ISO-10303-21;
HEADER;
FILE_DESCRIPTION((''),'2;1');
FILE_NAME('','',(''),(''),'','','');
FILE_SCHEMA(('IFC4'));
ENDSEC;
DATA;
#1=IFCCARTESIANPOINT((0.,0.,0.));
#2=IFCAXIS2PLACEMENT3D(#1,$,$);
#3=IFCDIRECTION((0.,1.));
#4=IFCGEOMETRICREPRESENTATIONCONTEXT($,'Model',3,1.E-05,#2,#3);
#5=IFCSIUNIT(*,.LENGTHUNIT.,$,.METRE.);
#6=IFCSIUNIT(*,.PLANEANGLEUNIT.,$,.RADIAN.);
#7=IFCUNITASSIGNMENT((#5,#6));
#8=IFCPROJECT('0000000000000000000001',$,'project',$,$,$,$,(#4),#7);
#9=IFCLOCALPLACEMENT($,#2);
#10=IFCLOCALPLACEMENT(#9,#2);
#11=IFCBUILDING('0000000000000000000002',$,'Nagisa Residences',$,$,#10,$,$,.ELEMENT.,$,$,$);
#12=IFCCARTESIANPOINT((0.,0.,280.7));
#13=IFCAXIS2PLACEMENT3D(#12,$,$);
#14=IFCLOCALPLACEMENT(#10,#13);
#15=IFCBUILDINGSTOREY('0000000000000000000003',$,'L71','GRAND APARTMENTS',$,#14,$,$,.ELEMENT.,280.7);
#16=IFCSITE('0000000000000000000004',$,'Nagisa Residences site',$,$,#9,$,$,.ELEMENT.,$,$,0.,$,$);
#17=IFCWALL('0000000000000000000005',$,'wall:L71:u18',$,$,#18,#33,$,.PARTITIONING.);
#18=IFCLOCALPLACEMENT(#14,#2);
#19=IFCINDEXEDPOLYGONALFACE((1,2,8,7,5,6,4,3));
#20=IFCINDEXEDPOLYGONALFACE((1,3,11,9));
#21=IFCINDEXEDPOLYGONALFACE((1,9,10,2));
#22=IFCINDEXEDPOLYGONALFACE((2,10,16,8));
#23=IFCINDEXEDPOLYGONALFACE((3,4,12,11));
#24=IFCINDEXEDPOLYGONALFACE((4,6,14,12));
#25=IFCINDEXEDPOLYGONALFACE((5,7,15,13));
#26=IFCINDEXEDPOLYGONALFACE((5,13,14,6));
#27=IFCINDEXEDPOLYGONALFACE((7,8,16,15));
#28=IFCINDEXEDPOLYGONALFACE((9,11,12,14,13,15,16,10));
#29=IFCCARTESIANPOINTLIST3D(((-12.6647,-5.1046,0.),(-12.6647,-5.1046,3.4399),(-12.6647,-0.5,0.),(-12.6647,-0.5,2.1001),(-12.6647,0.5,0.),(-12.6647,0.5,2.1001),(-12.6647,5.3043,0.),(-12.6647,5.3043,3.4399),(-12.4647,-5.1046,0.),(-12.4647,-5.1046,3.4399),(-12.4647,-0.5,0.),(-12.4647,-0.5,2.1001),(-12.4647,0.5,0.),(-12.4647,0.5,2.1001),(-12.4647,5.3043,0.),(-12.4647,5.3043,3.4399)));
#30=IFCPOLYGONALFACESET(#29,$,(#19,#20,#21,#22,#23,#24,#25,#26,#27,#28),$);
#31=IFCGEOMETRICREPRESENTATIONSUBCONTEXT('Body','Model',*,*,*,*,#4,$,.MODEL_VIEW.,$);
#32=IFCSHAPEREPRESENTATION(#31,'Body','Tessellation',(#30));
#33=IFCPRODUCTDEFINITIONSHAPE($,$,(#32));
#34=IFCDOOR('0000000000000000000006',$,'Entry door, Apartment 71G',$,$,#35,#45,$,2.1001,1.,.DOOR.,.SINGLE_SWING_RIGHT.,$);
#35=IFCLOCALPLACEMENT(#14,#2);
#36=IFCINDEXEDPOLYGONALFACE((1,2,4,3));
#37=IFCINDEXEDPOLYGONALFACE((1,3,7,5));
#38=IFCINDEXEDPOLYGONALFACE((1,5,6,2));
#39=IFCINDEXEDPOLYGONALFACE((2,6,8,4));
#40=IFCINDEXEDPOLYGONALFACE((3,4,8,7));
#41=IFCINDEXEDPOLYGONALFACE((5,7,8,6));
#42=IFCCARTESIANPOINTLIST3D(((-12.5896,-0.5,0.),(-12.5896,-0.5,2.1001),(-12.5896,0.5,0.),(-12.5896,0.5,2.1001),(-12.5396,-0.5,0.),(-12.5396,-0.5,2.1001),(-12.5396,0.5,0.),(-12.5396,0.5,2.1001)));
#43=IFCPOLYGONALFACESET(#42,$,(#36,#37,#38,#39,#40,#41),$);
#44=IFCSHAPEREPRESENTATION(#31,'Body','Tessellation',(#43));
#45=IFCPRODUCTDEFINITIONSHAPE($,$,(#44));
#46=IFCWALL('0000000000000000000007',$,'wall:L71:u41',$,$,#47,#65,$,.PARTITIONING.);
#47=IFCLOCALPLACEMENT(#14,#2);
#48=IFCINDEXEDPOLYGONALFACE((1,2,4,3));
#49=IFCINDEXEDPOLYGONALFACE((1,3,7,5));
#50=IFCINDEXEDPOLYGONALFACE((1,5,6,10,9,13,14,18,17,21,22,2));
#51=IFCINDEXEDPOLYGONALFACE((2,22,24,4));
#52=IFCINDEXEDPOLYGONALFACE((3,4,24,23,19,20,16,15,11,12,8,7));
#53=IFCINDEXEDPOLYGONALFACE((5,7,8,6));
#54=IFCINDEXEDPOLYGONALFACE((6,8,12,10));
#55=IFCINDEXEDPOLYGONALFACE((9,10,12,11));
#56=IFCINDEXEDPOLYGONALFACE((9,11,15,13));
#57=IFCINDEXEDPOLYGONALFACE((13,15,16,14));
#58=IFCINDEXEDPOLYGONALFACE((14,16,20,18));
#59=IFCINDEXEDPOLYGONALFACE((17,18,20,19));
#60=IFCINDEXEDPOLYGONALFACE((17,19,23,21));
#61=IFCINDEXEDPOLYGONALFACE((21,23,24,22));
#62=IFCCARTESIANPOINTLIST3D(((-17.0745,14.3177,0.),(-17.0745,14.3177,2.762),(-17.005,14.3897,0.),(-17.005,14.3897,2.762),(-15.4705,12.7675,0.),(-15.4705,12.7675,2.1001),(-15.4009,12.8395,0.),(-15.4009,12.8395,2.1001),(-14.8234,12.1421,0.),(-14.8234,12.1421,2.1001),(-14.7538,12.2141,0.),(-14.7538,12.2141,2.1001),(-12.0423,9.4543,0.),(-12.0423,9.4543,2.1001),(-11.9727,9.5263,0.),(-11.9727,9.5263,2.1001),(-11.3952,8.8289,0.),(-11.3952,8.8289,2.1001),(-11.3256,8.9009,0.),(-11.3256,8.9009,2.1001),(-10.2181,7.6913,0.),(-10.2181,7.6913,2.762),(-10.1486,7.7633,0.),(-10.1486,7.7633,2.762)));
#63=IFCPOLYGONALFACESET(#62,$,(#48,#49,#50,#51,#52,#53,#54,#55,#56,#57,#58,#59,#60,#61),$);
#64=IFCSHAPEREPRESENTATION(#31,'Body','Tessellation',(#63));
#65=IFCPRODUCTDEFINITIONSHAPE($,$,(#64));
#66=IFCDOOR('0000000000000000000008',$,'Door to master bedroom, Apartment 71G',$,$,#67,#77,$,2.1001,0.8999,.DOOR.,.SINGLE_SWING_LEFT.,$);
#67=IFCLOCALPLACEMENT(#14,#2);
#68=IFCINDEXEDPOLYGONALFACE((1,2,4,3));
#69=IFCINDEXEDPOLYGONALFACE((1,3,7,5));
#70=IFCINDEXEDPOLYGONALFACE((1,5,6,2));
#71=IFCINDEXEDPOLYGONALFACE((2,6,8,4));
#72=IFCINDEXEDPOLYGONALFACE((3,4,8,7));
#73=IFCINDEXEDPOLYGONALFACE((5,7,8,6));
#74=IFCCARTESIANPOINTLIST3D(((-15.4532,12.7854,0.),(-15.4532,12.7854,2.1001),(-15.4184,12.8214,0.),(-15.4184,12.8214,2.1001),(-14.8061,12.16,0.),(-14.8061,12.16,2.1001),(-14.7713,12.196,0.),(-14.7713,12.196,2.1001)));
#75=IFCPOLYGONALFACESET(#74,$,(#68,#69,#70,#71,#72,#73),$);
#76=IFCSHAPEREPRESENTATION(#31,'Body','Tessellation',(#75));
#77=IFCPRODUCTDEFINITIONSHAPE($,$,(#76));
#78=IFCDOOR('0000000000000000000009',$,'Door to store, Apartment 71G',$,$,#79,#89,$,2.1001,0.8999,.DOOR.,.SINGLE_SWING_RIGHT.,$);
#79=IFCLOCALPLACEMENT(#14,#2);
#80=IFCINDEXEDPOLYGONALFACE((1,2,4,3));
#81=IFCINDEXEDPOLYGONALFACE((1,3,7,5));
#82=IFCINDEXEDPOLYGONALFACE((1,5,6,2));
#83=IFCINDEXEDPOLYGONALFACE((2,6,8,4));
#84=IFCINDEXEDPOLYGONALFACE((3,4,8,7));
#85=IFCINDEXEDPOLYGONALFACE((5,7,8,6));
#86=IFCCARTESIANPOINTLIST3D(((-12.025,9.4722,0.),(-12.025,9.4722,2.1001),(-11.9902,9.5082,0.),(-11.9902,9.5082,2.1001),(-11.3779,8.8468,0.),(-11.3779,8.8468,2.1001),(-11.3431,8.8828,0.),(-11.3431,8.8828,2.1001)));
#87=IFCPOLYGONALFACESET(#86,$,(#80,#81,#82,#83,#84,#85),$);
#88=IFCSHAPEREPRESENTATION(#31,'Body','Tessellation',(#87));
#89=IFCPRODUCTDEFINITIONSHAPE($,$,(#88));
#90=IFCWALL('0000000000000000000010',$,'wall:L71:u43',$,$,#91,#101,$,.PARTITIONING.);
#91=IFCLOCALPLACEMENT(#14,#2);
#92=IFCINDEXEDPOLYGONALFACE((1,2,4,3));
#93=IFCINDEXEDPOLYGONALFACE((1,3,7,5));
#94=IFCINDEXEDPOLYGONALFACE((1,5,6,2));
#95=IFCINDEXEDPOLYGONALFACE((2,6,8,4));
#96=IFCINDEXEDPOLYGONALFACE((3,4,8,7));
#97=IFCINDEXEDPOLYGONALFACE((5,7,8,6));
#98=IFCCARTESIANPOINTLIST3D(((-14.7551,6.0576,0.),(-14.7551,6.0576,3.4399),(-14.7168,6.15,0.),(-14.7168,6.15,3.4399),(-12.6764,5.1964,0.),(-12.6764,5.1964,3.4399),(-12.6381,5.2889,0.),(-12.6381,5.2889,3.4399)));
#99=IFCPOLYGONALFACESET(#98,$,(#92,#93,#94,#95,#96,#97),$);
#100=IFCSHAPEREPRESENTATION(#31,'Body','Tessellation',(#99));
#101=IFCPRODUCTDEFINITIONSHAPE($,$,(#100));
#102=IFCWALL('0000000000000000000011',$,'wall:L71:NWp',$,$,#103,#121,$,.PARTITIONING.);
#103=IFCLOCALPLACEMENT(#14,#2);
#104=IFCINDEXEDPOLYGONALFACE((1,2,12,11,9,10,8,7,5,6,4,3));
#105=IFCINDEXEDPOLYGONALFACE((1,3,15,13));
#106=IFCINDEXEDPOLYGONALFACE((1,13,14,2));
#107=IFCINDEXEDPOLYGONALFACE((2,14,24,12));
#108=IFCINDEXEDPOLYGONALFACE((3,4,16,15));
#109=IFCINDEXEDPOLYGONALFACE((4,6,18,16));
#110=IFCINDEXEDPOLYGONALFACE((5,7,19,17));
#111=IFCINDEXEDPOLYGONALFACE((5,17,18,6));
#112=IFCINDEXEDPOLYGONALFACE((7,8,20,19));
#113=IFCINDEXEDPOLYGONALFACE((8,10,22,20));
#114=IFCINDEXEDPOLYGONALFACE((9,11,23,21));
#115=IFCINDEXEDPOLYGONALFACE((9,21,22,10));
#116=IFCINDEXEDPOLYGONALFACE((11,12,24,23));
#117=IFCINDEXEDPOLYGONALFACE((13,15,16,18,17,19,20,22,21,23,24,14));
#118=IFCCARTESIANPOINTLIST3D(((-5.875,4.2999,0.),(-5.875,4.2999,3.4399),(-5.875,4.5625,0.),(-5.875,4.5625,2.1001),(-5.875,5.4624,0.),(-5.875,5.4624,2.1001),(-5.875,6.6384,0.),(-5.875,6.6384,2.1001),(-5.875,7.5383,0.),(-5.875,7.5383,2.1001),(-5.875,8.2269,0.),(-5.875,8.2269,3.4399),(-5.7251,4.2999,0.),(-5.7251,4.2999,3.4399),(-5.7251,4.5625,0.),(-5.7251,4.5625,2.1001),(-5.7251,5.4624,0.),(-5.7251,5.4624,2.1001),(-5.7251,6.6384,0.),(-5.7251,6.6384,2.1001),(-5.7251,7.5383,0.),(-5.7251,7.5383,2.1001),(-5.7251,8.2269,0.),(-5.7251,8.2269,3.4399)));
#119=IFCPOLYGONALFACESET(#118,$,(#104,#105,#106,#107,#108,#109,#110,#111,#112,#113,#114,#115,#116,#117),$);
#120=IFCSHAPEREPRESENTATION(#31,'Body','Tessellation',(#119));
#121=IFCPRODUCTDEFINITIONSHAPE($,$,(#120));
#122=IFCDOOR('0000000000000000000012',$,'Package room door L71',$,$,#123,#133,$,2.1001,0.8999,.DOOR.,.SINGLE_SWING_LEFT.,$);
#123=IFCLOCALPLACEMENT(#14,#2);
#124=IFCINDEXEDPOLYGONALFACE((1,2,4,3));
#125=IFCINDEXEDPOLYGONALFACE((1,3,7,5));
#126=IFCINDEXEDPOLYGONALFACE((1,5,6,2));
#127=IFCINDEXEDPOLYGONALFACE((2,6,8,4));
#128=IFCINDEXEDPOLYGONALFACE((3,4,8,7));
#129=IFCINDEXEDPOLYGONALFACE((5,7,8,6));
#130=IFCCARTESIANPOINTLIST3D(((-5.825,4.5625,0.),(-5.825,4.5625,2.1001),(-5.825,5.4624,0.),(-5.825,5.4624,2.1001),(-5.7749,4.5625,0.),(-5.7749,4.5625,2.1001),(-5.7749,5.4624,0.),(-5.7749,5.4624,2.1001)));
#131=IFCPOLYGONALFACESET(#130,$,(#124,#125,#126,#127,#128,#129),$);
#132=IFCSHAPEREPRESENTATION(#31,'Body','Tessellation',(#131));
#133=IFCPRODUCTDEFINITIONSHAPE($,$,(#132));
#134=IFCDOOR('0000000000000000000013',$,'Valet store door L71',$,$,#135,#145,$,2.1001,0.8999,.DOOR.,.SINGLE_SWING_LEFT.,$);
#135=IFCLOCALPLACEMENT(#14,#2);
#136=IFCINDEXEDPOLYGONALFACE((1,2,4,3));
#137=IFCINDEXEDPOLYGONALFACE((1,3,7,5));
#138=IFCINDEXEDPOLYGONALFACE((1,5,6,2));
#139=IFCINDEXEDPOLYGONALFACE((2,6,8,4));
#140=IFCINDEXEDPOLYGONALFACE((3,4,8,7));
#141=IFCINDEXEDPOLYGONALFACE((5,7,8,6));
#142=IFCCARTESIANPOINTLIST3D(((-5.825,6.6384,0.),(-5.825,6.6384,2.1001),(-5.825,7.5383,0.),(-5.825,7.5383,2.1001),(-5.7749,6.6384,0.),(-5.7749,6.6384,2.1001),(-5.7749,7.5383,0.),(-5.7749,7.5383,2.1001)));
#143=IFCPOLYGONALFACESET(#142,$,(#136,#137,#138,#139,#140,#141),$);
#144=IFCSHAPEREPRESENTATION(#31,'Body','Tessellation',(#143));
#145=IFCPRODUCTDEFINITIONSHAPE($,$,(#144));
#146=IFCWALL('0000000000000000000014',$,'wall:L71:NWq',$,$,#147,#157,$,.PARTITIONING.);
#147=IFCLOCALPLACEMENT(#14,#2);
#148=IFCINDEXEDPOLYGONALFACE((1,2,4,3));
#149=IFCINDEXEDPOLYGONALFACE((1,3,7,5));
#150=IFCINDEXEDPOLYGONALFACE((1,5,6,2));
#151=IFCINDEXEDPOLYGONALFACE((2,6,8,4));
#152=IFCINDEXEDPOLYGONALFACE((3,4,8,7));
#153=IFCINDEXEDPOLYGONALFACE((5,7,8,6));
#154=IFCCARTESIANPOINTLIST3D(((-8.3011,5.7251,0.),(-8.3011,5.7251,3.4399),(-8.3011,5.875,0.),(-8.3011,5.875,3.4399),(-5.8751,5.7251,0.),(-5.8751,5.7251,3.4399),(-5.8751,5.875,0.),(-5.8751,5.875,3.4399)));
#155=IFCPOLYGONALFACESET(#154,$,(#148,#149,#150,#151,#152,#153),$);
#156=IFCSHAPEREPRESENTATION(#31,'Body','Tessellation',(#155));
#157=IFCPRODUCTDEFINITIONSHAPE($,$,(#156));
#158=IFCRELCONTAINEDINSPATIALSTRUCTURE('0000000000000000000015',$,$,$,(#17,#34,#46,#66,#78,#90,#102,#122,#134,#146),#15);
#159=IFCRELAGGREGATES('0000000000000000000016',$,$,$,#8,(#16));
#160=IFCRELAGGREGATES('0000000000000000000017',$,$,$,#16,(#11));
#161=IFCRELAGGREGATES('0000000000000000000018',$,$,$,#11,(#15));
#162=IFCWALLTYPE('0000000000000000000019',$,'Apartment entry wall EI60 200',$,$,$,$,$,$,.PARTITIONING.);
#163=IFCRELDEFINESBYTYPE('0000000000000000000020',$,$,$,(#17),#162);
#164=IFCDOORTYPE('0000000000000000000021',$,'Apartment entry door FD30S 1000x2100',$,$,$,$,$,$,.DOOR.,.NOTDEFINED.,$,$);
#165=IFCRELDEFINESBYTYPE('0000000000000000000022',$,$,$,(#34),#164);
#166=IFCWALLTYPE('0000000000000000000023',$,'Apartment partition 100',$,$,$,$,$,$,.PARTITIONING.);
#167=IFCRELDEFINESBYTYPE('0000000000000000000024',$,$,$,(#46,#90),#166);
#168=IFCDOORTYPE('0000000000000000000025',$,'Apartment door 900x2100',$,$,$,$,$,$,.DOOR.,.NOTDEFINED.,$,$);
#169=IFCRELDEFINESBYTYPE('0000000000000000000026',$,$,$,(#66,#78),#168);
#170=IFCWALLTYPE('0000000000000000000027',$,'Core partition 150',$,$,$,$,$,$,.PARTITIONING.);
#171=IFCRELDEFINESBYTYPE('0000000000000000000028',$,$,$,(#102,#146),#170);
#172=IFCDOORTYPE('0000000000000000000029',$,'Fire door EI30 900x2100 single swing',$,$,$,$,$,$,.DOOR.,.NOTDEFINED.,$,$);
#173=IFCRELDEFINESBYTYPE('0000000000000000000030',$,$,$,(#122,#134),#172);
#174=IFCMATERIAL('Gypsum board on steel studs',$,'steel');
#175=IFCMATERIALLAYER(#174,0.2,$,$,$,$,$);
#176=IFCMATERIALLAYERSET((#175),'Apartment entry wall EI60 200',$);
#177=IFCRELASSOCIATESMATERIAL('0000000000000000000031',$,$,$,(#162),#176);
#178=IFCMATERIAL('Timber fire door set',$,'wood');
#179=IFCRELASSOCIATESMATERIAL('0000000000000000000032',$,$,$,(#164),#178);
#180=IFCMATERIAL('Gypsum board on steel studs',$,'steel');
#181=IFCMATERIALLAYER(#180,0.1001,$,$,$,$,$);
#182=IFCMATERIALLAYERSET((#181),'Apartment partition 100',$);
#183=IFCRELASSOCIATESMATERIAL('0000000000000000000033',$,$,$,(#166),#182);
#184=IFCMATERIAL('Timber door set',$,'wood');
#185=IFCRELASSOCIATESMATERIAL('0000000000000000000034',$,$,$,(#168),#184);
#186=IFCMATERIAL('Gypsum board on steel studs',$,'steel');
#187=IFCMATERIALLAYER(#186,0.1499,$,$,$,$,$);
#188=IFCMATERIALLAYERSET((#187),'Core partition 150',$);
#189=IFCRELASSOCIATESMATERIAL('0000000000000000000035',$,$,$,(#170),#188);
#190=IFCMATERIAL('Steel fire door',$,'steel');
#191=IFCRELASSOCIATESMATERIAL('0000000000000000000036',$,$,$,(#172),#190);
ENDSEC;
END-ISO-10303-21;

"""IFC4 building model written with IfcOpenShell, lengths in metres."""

from ifc_helpers import new_model, si_unit, direction, frame, frame_2d, origin, place, context, subcontext, project, spatial, rectangle, extrude, material, layer, layer_set, type_object, element, fill, save


model = new_model("IFC4")

# Units and contexts
model_context = context("Model", 3, precision=1e-05, world=origin(), true_north=direction((0.0, 1.0)))
body_context = subcontext(model_context, "Body", "Model", "MODEL_VIEW")
ifc_project = project(units=[si_unit("LENGTHUNIT", "METRE"), si_unit("PLANEANGLEUNIT", "RADIAN")], contexts=[model_context])

# Site, building, storey
site_placement = place(None, origin())
site = spatial("IfcSite", under=ifc_project, at=site_placement, Name="Nagisa Residences site", CompositionType="ELEMENT", RefElevation=0.0)
building_placement = place(site_placement, origin())
building = spatial("IfcBuilding", under=site, at=building_placement, Name="Nagisa Residences", CompositionType="ELEMENT")
storey_placement = place(building_placement, frame((0.0, 0.0, 280.7)))
storey = spatial("IfcBuildingStorey", under=building, at=storey_placement, Name="L71", Description="GRAND APARTMENTS", CompositionType="ELEMENT", Elevation=280.7)

# Wall, opening, door
ifc_material_1 = material(Name="Gypsum board on steel studs", Category="steel")
ifc_layer_1 = layer(ifc_material_1, 0.2)
ifc_layer_set_1 = layer_set([ifc_layer_1], Name="Apartment entry wall EI60 200")
wall_type_1 = type_object("IfcWallType", Name="Apartment entry wall EI60 200", PredefinedType="PARTITIONING", material=ifc_layer_set_1)
wall_1_placement = place(storey_placement, frame((-12.5647, 5.3044, 0.0), z_axis=(0.0, 0.0, 1.0), x_axis=(0.0, -1.0, 0.0)))
wall_1 = element("IfcWall", 1, at=wall_1_placement, inside=storey, type_object=wall_type_1, Name="wall:L71:u18", PredefinedType="PARTITIONING", context=body_context, shape_type="SweptSolid", body=[
    extrude(rectangle(XDim=10.4089, YDim=0.2, at=frame_2d((5.2046, 0.0))), origin(), (0.0, 0.0, 1.0), 3.4399),
])
opening_1_placement = place(wall_1_placement, frame((4.8044, 0.0, 0.0)))
opening_1 = element("IfcOpeningElement", 2, at=opening_1_placement, cuts=wall_1, PredefinedType="OPENING", context=body_context, shape_type="SweptSolid", body=[
    extrude(rectangle(XDim=1.0, YDim=2.1001, at=frame_2d((0.5, 1.05))), frame((0.0, 0.1099, 0.0), z_axis=(0.0, -1.0, 0.0), x_axis=(1.0, 0.0, 0.0)), (0.0, 0.0, 1.0), 0.22),
])
ifc_material_2 = material(Name="Timber fire door set", Category="wood")
door_type_1 = type_object("IfcDoorType", Name="Apartment entry door FD30S 1000x2100", OperationType="NOTDEFINED", PredefinedType="DOOR", material=ifc_material_2)
door_1_placement = place(opening_1_placement, frame((1.0, 0.0, 0.0), x_axis=(-1.0, 0.0, 0.0)))
door_1 = element("IfcDoor", 3, at=door_1_placement, inside=storey, type_object=door_type_1, Name="Entry door, Apartment 71G", OperationType="SINGLE_SWING_RIGHT", OverallHeight=2.1001, OverallWidth=1.0, PredefinedType="DOOR", context=body_context, shape_type="SweptSolid", body=[
    extrude(rectangle(XDim=1.0, YDim=2.1001, at=frame_2d((0.5, 1.05))), frame((0.0, 0.0249, 0.0), z_axis=(0.0, -1.0, 0.0), x_axis=(1.0, 0.0, 0.0)), (0.0, 0.0, 1.0), 0.05),
])
fill(opening_1, door_1)

# Wall, openings, doors
ifc_material_3 = material(Name="Gypsum board on steel studs", Category="steel")
ifc_layer_2 = layer(ifc_material_3, 0.1001)
ifc_layer_set_2 = layer_set([ifc_layer_2], Name="Apartment partition 100")
wall_type_2 = type_object("IfcWallType", Name="Apartment partition 100", PredefinedType="PARTITIONING", material=ifc_layer_set_2)
wall_2_placement = place(storey_placement, frame((-10.1833, 7.7273, 0.0), z_axis=(0.0, 0.0, 1.0), x_axis=(-0.719063, 0.694944, 0.0)))
wall_2 = element("IfcWall", 4, at=wall_2_placement, inside=storey, type_object=wall_type_2, Name="wall:L71:u41", PredefinedType="PARTITIONING", context=body_context, shape_type="SweptSolid", body=[
    extrude(rectangle(XDim=9.5352, YDim=0.1001, at=frame_2d((4.7676, 0.0))), origin(), (0.0, 0.0, 1.0), 2.762),
])
opening_2_placement = place(wall_2_placement, frame((6.4045, 0.0, 0.0)))
opening_2 = element("IfcOpeningElement", 5, at=opening_2_placement, cuts=wall_2, PredefinedType="OPENING", context=body_context, shape_type="SweptSolid", body=[
    extrude(rectangle(XDim=0.8999, YDim=2.1001, at=frame_2d((0.45, 1.05))), frame((0.0, 0.0601, 0.0), z_axis=(0.0, -1.0, 0.0), x_axis=(1.0, 0.0, 0.0)), (0.0, 0.0, 1.0), 0.1201),
])
opening_3_placement = place(wall_2_placement, frame((1.637, 0.0, 0.0)))
opening_3 = element("IfcOpeningElement", 6, at=opening_3_placement, cuts=wall_2, PredefinedType="OPENING", context=body_context, shape_type="SweptSolid", body=[
    extrude(rectangle(XDim=0.8999, YDim=2.1001, at=frame_2d((0.45, 1.05))), frame((0.0, 0.0601, 0.0), z_axis=(0.0, -1.0, 0.0), x_axis=(1.0, 0.0, 0.0)), (0.0, 0.0, 1.0), 0.1201),
])
ifc_material_4 = material(Name="Timber door set", Category="wood")
door_type_2 = type_object("IfcDoorType", Name="Apartment door 900x2100", OperationType="NOTDEFINED", PredefinedType="DOOR", material=ifc_material_4)
door_2_placement = place(opening_2_placement, frame((0.8999, 0.0, 0.0), x_axis=(-1.0, 0.0, 0.0)))
door_2 = element("IfcDoor", 7, at=door_2_placement, inside=storey, type_object=door_type_2, Name="Door to master bedroom, Apartment 71G", OperationType="SINGLE_SWING_LEFT", OverallHeight=2.1001, OverallWidth=0.8999, PredefinedType="DOOR", context=body_context, shape_type="SweptSolid", body=[
    extrude(rectangle(XDim=0.8999, YDim=2.1001, at=frame_2d((0.45, 1.05))), frame((0.0, 0.0249, 0.0), z_axis=(0.0, -1.0, 0.0), x_axis=(1.0, 0.0, 0.0)), (0.0, 0.0, 1.0), 0.05),
])
fill(opening_2, door_2)
door_3_placement = place(opening_3_placement, frame((0.8999, 0.0, 0.0), x_axis=(-1.0, 0.0, 0.0)))
door_3 = element("IfcDoor", 8, at=door_3_placement, inside=storey, type_object=door_type_2, Name="Door to store, Apartment 71G", OperationType="SINGLE_SWING_RIGHT", OverallHeight=2.1001, OverallWidth=0.8999, PredefinedType="DOOR", context=body_context, shape_type="SweptSolid", body=[
    extrude(rectangle(XDim=0.8999, YDim=2.1001, at=frame_2d((0.45, 1.05))), frame((0.0, 0.0249, 0.0), z_axis=(0.0, -1.0, 0.0), x_axis=(1.0, 0.0, 0.0)), (0.0, 0.0, 1.0), 0.05),
])
fill(opening_3, door_3)

# Wall
wall_3_placement = place(storey_placement, frame((-12.6572, 5.2427, 0.0), z_axis=(0.0, 0.0, 1.0), x_axis=(-0.923865, 0.382719, 0.0)))
element("IfcWall", 9, at=wall_3_placement, inside=storey, type_object=wall_type_2, Name="wall:L71:u43", PredefinedType="PARTITIONING", context=body_context, shape_type="SweptSolid", body=[
    extrude(rectangle(XDim=2.25, YDim=0.1001, at=frame_2d((1.125, 0.0))), origin(), (0.0, 0.0, 1.0), 3.4399),
])

# Wall, openings, doors
ifc_material_5 = material(Name="Gypsum board on steel studs", Category="steel")
ifc_layer_3 = layer(ifc_material_5, 0.1499)
ifc_layer_set_3 = layer_set([ifc_layer_3], Name="Core partition 150")
wall_type_3 = type_object("IfcWallType", Name="Core partition 150", PredefinedType="PARTITIONING", material=ifc_layer_set_3)
wall_4_placement = place(storey_placement, frame((-5.8, 4.3, 0.0), z_axis=(0.0, 0.0, 1.0), x_axis=(0.0, 1.0, 0.0)))
wall_4 = element("IfcWall", 10, at=wall_4_placement, inside=storey, type_object=wall_type_3, Name="wall:L71:NWp", PredefinedType="PARTITIONING", context=body_context, shape_type="SweptSolid", body=[
    extrude(rectangle(XDim=3.927, YDim=0.1499, at=frame_2d((1.9634, 0.0))), origin(), (0.0, 0.0, 1.0), 3.4399),
])
opening_4_placement = place(wall_4_placement, frame((0.2625, 0.0, 0.0)))
opening_4 = element("IfcOpeningElement", 11, at=opening_4_placement, cuts=wall_4, PredefinedType="OPENING", context=body_context, shape_type="SweptSolid", body=[
    extrude(rectangle(XDim=0.8999, YDim=2.1001, at=frame_2d((0.45, 1.05))), frame((0.0, 0.085, 0.0), z_axis=(0.0, -1.0, 0.0), x_axis=(1.0, 0.0, 0.0)), (0.0, 0.0, 1.0), 0.1699),
])
opening_5_placement = place(wall_4_placement, frame((2.3384, 0.0, 0.0)))
opening_5 = element("IfcOpeningElement", 12, at=opening_5_placement, cuts=wall_4, PredefinedType="OPENING", context=body_context, shape_type="SweptSolid", body=[
    extrude(rectangle(XDim=0.8999, YDim=2.1001, at=frame_2d((0.45, 1.05))), frame((0.0, 0.085, 0.0), z_axis=(0.0, -1.0, 0.0), x_axis=(1.0, 0.0, 0.0)), (0.0, 0.0, 1.0), 0.1699),
])
ifc_material_6 = material(Name="Steel fire door", Category="steel")
door_type_3 = type_object("IfcDoorType", Name="Fire door EI30 900x2100 single swing", OperationType="NOTDEFINED", PredefinedType="DOOR", material=ifc_material_6)
door_4_placement = place(opening_4_placement, origin())
door_4 = element("IfcDoor", 13, at=door_4_placement, inside=storey, type_object=door_type_3, Name="Package room door L71", OperationType="SINGLE_SWING_LEFT", OverallHeight=2.1001, OverallWidth=0.8999, PredefinedType="DOOR", context=body_context, shape_type="SweptSolid", body=[
    extrude(rectangle(XDim=0.8999, YDim=2.1001, at=frame_2d((0.45, 1.05))), frame((0.0, 0.0249, 0.0), z_axis=(0.0, -1.0, 0.0), x_axis=(1.0, 0.0, 0.0)), (0.0, 0.0, 1.0), 0.05),
])
fill(opening_4, door_4)
door_5_placement = place(opening_5_placement, origin())
door_5 = element("IfcDoor", 14, at=door_5_placement, inside=storey, type_object=door_type_3, Name="Valet store door L71", OperationType="SINGLE_SWING_LEFT", OverallHeight=2.1001, OverallWidth=0.8999, PredefinedType="DOOR", context=body_context, shape_type="SweptSolid", body=[
    extrude(rectangle(XDim=0.8999, YDim=2.1001, at=frame_2d((0.45, 1.05))), frame((0.0, 0.0249, 0.0), z_axis=(0.0, -1.0, 0.0), x_axis=(1.0, 0.0, 0.0)), (0.0, 0.0, 1.0), 0.05),
])
fill(opening_5, door_5)

# Wall
wall_5_placement = place(storey_placement, frame((-8.301, 5.8, 0.0), z_axis=(0.0, 0.0, 1.0), x_axis=(1.0, 0.0, 0.0)))
element("IfcWall", 15, at=wall_5_placement, inside=storey, type_object=wall_type_3, Name="wall:L71:NWq", PredefinedType="PARTITIONING", context=body_context, shape_type="SweptSolid", body=[
    extrude(rectangle(XDim=2.426, YDim=0.1499, at=frame_2d((1.2129, 0.0))), origin(), (0.0, 0.0, 1.0), 3.4399),
])

save(model, "model.ifc")
